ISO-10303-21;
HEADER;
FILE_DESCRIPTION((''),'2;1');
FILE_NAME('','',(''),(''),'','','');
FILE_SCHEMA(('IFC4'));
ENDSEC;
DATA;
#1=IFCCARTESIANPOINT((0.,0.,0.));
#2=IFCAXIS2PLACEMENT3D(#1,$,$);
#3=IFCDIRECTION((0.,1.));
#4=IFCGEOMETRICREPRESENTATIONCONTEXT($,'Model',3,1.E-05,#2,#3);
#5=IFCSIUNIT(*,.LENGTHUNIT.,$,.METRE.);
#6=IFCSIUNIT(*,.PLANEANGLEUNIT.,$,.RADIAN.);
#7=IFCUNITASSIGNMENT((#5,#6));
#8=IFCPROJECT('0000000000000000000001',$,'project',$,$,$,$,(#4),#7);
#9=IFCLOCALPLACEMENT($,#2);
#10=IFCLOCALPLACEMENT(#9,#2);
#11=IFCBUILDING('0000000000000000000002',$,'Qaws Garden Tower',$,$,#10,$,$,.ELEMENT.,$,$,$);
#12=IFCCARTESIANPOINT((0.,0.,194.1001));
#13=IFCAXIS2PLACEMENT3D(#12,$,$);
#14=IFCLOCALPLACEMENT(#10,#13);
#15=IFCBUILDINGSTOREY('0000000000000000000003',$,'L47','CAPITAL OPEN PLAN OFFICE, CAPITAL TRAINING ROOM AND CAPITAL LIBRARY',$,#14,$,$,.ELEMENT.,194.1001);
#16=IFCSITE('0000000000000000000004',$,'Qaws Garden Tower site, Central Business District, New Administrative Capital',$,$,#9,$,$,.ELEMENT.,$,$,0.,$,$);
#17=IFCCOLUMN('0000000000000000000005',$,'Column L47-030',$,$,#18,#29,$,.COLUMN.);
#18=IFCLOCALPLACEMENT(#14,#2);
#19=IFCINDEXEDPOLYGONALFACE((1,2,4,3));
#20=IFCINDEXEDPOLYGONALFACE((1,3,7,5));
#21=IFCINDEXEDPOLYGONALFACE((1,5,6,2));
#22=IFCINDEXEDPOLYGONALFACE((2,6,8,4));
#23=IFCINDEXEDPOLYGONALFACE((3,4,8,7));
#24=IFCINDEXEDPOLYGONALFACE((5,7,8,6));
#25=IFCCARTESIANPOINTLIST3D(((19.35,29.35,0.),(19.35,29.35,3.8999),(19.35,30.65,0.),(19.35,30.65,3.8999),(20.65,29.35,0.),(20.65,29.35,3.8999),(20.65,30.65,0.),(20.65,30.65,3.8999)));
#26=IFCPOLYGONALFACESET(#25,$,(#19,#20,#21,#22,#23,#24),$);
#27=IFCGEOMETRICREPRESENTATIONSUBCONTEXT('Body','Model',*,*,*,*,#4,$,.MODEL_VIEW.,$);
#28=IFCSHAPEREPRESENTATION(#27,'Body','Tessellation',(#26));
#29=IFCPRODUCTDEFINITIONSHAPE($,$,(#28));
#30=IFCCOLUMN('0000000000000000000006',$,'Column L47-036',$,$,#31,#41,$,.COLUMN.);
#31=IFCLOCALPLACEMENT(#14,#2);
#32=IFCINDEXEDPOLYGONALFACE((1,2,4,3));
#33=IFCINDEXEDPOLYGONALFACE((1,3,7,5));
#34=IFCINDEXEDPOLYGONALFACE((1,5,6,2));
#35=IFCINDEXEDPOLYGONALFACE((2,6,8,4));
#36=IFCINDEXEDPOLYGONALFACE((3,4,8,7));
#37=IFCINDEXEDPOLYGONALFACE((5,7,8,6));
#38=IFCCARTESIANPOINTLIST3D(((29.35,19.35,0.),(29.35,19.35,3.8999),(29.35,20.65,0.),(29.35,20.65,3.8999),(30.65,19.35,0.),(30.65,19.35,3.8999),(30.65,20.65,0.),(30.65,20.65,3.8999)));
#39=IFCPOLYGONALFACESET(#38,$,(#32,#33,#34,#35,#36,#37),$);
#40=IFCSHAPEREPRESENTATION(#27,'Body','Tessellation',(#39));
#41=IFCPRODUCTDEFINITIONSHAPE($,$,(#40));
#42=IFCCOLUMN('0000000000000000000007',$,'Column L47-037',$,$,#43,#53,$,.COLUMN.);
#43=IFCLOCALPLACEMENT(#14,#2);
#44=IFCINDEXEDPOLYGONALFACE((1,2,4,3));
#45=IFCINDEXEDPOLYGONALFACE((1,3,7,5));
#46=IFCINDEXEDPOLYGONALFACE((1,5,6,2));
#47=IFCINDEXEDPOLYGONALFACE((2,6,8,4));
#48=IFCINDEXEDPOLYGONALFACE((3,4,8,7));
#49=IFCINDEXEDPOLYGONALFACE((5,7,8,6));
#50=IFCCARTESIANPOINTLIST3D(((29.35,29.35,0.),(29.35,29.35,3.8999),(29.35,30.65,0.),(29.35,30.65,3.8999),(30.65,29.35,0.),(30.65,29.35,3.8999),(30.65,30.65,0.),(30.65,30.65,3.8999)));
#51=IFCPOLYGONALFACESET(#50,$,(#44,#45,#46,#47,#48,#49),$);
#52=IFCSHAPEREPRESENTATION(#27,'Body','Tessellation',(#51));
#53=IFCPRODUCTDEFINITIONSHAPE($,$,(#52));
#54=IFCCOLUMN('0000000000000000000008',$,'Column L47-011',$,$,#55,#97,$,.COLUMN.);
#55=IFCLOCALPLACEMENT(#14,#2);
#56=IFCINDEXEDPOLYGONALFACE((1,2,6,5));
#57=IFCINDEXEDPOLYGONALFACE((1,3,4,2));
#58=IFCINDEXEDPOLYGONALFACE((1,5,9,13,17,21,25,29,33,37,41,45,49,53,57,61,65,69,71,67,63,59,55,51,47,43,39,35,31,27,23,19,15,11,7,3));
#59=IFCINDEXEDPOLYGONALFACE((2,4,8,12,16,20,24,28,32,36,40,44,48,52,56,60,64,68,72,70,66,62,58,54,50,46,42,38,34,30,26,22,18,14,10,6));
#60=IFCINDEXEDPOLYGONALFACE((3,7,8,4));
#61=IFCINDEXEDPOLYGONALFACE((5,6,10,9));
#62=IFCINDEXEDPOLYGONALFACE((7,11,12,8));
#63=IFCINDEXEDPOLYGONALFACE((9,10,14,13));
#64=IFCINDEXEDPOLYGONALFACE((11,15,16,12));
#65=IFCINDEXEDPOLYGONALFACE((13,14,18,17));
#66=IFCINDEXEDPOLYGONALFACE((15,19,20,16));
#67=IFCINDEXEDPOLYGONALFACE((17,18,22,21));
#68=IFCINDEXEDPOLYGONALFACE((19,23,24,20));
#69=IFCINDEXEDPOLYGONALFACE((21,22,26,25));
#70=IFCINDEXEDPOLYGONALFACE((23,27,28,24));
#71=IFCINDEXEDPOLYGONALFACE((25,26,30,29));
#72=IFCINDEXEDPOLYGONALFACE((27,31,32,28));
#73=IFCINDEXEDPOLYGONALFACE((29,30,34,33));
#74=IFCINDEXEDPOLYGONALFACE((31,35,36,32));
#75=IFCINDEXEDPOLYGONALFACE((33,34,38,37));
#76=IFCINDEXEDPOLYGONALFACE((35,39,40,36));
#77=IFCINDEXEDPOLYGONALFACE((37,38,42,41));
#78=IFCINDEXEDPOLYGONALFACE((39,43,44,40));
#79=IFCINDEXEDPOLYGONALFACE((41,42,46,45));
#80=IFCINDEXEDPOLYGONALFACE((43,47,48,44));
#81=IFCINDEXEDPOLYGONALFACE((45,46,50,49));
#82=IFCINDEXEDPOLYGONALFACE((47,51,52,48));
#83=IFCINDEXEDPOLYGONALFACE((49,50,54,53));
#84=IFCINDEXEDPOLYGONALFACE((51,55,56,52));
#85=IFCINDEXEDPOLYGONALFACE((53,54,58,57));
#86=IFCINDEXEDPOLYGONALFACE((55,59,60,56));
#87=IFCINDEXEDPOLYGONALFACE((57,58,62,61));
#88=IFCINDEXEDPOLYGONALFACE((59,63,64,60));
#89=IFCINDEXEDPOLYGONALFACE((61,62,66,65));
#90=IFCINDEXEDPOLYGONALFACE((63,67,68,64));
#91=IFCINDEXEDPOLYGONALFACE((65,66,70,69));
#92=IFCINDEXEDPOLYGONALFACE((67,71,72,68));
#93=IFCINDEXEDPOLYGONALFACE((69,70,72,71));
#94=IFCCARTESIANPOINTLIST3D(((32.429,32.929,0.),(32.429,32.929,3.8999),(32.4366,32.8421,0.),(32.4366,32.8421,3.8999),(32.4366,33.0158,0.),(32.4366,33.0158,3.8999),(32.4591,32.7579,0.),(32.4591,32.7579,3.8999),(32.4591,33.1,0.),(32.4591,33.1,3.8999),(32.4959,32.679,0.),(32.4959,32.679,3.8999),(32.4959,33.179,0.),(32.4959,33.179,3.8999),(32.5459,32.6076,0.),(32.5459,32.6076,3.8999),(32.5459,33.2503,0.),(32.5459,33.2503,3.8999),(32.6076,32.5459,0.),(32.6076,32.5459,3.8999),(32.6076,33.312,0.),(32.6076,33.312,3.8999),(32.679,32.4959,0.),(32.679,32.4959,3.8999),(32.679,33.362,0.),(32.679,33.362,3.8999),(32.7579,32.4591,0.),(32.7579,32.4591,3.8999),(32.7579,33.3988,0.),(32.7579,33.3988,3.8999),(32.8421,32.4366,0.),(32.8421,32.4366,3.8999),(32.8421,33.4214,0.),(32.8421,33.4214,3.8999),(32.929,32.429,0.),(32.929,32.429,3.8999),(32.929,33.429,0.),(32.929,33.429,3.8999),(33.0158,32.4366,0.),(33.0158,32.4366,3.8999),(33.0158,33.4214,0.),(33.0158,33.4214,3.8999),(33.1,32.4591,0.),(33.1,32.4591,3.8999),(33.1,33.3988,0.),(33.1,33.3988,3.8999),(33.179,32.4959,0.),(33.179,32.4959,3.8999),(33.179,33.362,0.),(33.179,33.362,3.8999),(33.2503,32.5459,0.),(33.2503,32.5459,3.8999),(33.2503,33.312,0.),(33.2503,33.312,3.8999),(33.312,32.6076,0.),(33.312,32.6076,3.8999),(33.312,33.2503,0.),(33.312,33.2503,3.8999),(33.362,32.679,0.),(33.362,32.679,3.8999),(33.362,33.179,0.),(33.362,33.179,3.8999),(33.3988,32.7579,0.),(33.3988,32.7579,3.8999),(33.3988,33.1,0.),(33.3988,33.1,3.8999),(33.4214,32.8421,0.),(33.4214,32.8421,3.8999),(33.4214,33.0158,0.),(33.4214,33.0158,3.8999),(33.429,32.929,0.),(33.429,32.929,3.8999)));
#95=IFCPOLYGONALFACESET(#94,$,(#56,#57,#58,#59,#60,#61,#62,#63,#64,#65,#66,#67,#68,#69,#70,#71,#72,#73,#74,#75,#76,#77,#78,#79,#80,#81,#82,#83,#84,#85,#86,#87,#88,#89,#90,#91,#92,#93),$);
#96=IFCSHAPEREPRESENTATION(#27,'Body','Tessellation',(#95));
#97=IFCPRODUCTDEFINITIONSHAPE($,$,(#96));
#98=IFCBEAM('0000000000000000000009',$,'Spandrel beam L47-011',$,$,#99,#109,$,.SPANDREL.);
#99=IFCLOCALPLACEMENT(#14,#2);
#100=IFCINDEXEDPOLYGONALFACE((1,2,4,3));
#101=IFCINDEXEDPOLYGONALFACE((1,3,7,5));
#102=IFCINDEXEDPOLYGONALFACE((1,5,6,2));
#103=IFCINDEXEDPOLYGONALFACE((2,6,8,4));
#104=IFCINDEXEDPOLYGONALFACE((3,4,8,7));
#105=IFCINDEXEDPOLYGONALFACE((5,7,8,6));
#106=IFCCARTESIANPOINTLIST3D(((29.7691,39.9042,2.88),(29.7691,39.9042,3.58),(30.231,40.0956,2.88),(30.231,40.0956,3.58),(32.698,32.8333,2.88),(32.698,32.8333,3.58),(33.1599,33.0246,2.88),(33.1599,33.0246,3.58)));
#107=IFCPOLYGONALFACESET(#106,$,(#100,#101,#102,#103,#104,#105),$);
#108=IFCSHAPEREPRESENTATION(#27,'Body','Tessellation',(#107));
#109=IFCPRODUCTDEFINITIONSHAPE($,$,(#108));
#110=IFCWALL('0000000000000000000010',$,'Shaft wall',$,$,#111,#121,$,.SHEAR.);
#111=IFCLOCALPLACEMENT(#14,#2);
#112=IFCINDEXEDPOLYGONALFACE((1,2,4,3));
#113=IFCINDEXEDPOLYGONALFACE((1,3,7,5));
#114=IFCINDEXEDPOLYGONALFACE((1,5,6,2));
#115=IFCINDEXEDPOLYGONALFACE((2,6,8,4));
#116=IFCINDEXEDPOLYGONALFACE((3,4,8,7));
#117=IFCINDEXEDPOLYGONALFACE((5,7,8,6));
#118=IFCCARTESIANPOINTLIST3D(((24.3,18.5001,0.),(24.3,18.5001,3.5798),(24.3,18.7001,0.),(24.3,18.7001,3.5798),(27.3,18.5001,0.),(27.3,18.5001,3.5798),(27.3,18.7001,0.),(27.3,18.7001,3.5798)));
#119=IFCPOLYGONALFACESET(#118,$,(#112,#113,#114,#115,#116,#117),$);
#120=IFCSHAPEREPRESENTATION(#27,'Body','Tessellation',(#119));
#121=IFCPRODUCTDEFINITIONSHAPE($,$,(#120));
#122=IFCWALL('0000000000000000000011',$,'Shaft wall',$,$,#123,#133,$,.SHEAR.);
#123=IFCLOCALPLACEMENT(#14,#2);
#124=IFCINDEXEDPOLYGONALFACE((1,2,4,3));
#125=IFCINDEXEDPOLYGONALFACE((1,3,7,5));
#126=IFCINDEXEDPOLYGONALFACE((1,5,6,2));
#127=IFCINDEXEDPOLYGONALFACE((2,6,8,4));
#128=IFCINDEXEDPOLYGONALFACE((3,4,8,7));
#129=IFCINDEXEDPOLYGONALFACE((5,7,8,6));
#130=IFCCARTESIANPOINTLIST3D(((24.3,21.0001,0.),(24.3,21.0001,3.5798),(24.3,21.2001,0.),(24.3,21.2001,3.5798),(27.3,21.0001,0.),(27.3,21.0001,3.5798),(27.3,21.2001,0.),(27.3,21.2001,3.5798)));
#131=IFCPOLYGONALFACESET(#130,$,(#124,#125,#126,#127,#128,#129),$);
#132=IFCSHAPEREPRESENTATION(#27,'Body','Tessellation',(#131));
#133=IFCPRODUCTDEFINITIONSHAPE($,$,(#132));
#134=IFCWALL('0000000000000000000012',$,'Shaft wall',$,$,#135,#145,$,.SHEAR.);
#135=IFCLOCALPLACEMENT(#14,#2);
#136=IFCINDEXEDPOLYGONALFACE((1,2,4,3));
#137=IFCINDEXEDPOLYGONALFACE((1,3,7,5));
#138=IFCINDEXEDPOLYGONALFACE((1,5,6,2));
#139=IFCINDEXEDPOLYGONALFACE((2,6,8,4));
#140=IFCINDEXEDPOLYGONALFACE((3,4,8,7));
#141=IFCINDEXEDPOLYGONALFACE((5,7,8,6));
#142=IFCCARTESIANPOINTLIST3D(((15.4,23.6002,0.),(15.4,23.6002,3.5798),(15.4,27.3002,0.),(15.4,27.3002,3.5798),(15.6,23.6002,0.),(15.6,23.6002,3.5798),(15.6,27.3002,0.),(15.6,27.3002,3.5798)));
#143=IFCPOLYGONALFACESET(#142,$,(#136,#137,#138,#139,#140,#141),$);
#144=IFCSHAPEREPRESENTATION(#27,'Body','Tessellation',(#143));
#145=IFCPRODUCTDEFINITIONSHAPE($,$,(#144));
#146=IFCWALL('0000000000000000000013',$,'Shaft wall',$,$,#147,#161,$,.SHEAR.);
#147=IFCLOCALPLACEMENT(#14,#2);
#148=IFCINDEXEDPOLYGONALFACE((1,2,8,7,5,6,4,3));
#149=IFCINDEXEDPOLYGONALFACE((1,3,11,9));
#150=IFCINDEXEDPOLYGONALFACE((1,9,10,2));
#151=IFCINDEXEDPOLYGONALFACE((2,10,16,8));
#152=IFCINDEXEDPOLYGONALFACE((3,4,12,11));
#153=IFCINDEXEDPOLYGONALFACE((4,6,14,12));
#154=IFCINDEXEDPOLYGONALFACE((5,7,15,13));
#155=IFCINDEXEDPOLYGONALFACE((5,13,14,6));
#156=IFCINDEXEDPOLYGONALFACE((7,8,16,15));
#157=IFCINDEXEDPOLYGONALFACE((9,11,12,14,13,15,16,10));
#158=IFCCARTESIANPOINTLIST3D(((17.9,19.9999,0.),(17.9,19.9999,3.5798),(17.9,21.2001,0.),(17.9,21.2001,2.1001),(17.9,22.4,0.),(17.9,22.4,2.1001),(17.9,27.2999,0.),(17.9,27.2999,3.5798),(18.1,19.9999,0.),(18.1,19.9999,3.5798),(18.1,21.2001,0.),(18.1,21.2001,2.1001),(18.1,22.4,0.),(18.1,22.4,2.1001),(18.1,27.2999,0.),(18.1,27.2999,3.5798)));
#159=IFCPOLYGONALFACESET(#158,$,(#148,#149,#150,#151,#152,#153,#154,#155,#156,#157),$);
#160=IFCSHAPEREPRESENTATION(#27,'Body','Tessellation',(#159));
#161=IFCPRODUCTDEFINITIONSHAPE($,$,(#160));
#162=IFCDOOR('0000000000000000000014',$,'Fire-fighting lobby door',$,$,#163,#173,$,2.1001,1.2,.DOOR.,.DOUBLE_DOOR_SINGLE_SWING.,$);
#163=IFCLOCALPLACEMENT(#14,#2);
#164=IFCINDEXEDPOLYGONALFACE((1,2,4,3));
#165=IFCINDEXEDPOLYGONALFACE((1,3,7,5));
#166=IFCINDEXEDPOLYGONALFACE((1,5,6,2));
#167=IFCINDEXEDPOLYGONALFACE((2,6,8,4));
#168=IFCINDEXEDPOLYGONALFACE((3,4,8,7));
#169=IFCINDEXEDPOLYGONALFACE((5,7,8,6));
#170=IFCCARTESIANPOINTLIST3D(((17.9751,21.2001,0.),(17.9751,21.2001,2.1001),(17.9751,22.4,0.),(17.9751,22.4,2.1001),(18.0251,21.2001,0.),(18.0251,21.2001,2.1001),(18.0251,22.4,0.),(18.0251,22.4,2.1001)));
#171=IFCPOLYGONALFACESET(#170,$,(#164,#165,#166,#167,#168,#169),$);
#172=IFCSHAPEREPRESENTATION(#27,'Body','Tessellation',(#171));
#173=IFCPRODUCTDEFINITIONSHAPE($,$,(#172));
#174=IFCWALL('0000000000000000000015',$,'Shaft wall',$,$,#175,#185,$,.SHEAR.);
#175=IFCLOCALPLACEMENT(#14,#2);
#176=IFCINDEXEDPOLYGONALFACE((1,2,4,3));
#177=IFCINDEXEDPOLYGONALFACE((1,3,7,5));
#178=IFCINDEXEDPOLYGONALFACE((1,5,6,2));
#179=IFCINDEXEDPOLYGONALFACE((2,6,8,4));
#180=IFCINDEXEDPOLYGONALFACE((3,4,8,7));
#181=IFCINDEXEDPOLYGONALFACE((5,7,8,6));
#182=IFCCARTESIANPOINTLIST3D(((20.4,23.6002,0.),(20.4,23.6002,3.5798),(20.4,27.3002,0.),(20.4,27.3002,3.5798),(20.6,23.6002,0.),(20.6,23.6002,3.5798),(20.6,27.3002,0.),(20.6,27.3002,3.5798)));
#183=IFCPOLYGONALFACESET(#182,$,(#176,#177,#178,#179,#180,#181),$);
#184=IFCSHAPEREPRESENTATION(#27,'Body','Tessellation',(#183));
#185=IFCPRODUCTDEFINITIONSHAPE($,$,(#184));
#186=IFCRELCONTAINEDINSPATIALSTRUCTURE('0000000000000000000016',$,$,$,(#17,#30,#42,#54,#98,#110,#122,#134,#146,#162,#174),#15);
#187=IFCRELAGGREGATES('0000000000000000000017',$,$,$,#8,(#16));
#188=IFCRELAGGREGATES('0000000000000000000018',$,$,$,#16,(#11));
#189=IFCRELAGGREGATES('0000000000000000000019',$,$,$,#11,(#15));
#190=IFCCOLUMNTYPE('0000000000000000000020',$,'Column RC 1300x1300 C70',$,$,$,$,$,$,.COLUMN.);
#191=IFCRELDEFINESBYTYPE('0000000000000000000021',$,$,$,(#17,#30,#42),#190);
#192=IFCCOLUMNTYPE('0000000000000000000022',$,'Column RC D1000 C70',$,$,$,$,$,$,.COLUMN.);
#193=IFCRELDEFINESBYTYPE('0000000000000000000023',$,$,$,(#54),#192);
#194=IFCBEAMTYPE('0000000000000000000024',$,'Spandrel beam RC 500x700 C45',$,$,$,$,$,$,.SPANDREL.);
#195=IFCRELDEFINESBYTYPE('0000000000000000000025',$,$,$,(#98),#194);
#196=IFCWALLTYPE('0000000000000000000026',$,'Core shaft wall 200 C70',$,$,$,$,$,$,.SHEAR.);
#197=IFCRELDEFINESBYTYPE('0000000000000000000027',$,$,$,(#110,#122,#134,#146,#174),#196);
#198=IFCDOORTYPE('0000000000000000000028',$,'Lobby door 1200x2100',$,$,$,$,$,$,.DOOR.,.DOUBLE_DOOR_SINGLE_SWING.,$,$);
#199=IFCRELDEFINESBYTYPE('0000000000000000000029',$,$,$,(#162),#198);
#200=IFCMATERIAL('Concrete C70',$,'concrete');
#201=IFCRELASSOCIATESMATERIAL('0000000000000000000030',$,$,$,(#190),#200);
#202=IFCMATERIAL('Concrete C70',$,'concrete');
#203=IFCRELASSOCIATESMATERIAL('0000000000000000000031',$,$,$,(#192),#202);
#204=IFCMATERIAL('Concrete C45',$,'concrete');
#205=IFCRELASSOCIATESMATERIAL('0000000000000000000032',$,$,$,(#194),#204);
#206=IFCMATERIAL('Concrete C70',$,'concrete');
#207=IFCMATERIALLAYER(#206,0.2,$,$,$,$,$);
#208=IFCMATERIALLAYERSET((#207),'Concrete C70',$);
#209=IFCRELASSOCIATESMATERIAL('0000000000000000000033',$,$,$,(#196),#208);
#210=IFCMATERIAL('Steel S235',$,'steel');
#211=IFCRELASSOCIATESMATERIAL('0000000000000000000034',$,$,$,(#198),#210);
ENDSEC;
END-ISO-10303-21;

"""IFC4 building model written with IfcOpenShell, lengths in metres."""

from ifc_helpers import new_model, si_unit, direction, frame, frame_2d, origin, origin_2d, place, context, subcontext, project, spatial, rectangle, circle, extrude, material, layer, layer_set, material_profile, profile_set, type_object, element, fill, save


model = new_model("IFC4")

# Units and contexts
model_context = context("Model", 3, precision=1e-05, world=origin(), true_north=direction((0.0, 1.0)))
body_context = subcontext(model_context, "Body", "Model", "MODEL_VIEW")
ifc_project = project(units=[si_unit("LENGTHUNIT", "METRE"), si_unit("PLANEANGLEUNIT", "RADIAN")], contexts=[model_context])

# Site, building, storey
site_placement = place(None, origin())
site = spatial("IfcSite", under=ifc_project, at=site_placement, Name="Qaws Garden Tower site, Central Business District, New Administrative Capital", CompositionType="ELEMENT", RefElevation=0.0)
building_placement = place(site_placement, origin())
building = spatial("IfcBuilding", under=site, at=building_placement, Name="Qaws Garden Tower", CompositionType="ELEMENT")
storey_placement = place(building_placement, frame((0.0, 0.0, 194.1001)))
storey = spatial("IfcBuildingStorey", under=building, at=storey_placement, Name="L47", Description="CAPITAL OPEN PLAN OFFICE, CAPITAL TRAINING ROOM AND CAPITAL LIBRARY", CompositionType="ELEMENT", Elevation=194.1001)

# Columns
ifc_material_1 = material(Name="Concrete C70", Category="concrete")
ifc_material_profile_1 = material_profile(ifc_material_1, rectangle(XDim=1.3, YDim=1.3, at=origin_2d()), Name="RC 1300x1300")
ifc_profile_set_1 = profile_set([ifc_material_profile_1], Name="Concrete C70")
column_type_1 = type_object("IfcColumnType", Name="Column RC 1300x1300 C70", PredefinedType="COLUMN", material=ifc_profile_set_1)
for number, where, z_axis, x_axis, name in (
    (1, (20.0, 30.0, 0.0), (0.0, 0.0, 1.0), (1.0, 0.0, 0.0), "Column L47-030"),
    (2, (30.0, 20.0, 0.0), (0.0, 0.0, 1.0), (1.0, 0.0, 0.0), "Column L47-036"),
    (3, (30.0, 30.0, 0.0), (0.0, 0.0, 1.0), (1.0, 0.0, 0.0), "Column L47-037"),
):
    element("IfcColumn", number, at=place(storey_placement, frame(where, z_axis=z_axis, x_axis=x_axis)), inside=storey, type_object=column_type_1, Name=name, PredefinedType="COLUMN", context=body_context, shape_type="SweptSolid", body=[
        extrude(rectangle(XDim=1.3, YDim=1.3, at=origin_2d()), origin(), (0.0, 0.0, 1.0), 3.8999),
    ])
ifc_material_2 = material(Name="Concrete C70", Category="concrete")
ifc_material_profile_2 = material_profile(ifc_material_2, circle(Radius=0.5, at=origin_2d()), Name="RC D1000")
ifc_profile_set_2 = profile_set([ifc_material_profile_2], Name="Concrete C70")
column_type_2 = type_object("IfcColumnType", Name="Column RC D1000 C70", PredefinedType="COLUMN", material=ifc_profile_set_2)
column_placement = place(storey_placement, frame((32.929, 32.929, 0.0), z_axis=(0.0, 0.0, 1.0), x_axis=(1.0, 0.0, 0.0)))
element("IfcColumn", 4, at=column_placement, inside=storey, type_object=column_type_2, Name="Column L47-011", PredefinedType="COLUMN", context=body_context, shape_type="SweptSolid", body=[
    extrude(circle(Radius=0.5, at=origin_2d()), origin(), (0.0, 0.0, 1.0), 3.8999),
])

# Beam
ifc_material_3 = material(Name="Concrete C45", Category="concrete")
ifc_material_profile_3 = material_profile(ifc_material_3, rectangle(XDim=0.5, YDim=0.7, at=origin_2d()), Name="RC 500x700")
ifc_profile_set_3 = profile_set([ifc_material_profile_3], Name="Concrete C45")
beam_type = type_object("IfcBeamType", Name="Spandrel beam RC 500x700 C45", PredefinedType="SPANDREL", material=ifc_profile_set_3)
beam_placement = place(storey_placement, frame((32.929, 32.929, 3.23), z_axis=(-0.382687, 0.923878, 0.0), x_axis=(-0.923878, -0.382687, 0.0)))
element("IfcBeam", 5, at=beam_placement, inside=storey, type_object=beam_type, Name="Spandrel beam L47-011", PredefinedType="SPANDREL", context=body_context, shape_type="SweptSolid", body=[
    extrude(rectangle(XDim=0.5, YDim=0.7, at=origin_2d()), origin(), (0.0, 0.0, 1.0), 7.6536),
])

# Walls
ifc_material_4 = material(Name="Concrete C70", Category="concrete")
ifc_layer_1 = layer(ifc_material_4, 0.2)
ifc_layer_set_1 = layer_set([ifc_layer_1], Name="Concrete C70")
wall_type_1 = type_object("IfcWallType", Name="Core shaft wall 200 C70", PredefinedType="SHEAR", material=ifc_layer_set_1)
for number, where, z_axis, x_axis, name in (
    (6, (24.3, 18.6001, 0.0), (0.0, 0.0, 1.0), (1.0, 0.0, 0.0), "Shaft wall"),
    (7, (24.3, 21.1001, 0.0), (0.0, 0.0, 1.0), (1.0, 0.0, 0.0), "Shaft wall"),
):
    element("IfcWall", number, at=place(storey_placement, frame(where, z_axis=z_axis, x_axis=x_axis)), inside=storey, type_object=wall_type_1, Name=name, PredefinedType="SHEAR", context=body_context, shape_type="SweptSolid", body=[
        extrude(rectangle(XDim=3.0, YDim=0.2, at=frame_2d((1.5, 0.0))), origin(), (0.0, 0.0, 1.0), 3.5798),
    ])
wall_1_placement = place(storey_placement, frame((15.5, 23.6001, 0.0), z_axis=(0.0, 0.0, 1.0), x_axis=(0.0, 1.0, 0.0)))
element("IfcWall", 8, at=wall_1_placement, inside=storey, type_object=wall_type_1, Name="Shaft wall", PredefinedType="SHEAR", context=body_context, shape_type="SweptSolid", body=[
    extrude(rectangle(XDim=3.7, YDim=0.2, at=frame_2d((1.8501, 0.0))), origin(), (0.0, 0.0, 1.0), 3.5798),
])

# Wall, opening, door
wall_2_placement = place(storey_placement, frame((18.0, 20.0, 0.0), z_axis=(0.0, 0.0, 1.0), x_axis=(0.0, 1.0, 0.0)))
wall_2 = element("IfcWall", 9, at=wall_2_placement, inside=storey, type_object=wall_type_1, Name="Shaft wall", PredefinedType="SHEAR", context=body_context, shape_type="SweptSolid", body=[
    extrude(rectangle(XDim=7.3, YDim=0.2, at=frame_2d((3.6499, 0.0))), origin(), (0.0, 0.0, 1.0), 3.5798),
])
opening_1_placement = place(wall_2_placement, frame((1.2, 0.0, 0.0)))
opening_1 = element("IfcOpeningElement", 10, at=opening_1_placement, cuts=wall_2, PredefinedType="OPENING", context=body_context, shape_type="SweptSolid", body=[
    extrude(rectangle(XDim=1.2, YDim=2.1001, at=frame_2d((0.6001, 1.05))), frame((0.0, 0.1099, 0.0), z_axis=(0.0, -1.0, 0.0), x_axis=(1.0, 0.0, 0.0)), (0.0, 0.0, 1.0), 0.22),
])
ifc_material_5 = material(Name="Steel S235", Category="steel")
door_type_1 = type_object("IfcDoorType", Name="Lobby door 1200x2100", OperationType="DOUBLE_DOOR_SINGLE_SWING", PredefinedType="DOOR", material=ifc_material_5)
door_1_placement = place(opening_1_placement, origin())
door_1 = element("IfcDoor", 11, at=door_1_placement, inside=storey, type_object=door_type_1, Name="Fire-fighting lobby door", OperationType="DOUBLE_DOOR_SINGLE_SWING", OverallHeight=2.1001, OverallWidth=1.2, PredefinedType="DOOR", context=body_context, shape_type="SweptSolid", body=[
    extrude(rectangle(XDim=1.2, YDim=2.1001, at=frame_2d((0.6001, 1.05))), frame((0.0, 0.0249, 0.0), z_axis=(0.0, -1.0, 0.0), x_axis=(1.0, 0.0, 0.0)), (0.0, 0.0, 1.0), 0.05),
])
fill(opening_1, door_1)

# Wall
wall_3_placement = place(storey_placement, frame((20.5, 23.6001, 0.0), z_axis=(0.0, 0.0, 1.0), x_axis=(0.0, 1.0, 0.0)))
element("IfcWall", 12, at=wall_3_placement, inside=storey, type_object=wall_type_1, Name="Shaft wall", PredefinedType="SHEAR", context=body_context, shape_type="SweptSolid", body=[
    extrude(rectangle(XDim=3.7, YDim=0.2, at=frame_2d((1.8501, 0.0))), origin(), (0.0, 0.0, 1.0), 3.5798),
])

save(model, "model.ifc")
